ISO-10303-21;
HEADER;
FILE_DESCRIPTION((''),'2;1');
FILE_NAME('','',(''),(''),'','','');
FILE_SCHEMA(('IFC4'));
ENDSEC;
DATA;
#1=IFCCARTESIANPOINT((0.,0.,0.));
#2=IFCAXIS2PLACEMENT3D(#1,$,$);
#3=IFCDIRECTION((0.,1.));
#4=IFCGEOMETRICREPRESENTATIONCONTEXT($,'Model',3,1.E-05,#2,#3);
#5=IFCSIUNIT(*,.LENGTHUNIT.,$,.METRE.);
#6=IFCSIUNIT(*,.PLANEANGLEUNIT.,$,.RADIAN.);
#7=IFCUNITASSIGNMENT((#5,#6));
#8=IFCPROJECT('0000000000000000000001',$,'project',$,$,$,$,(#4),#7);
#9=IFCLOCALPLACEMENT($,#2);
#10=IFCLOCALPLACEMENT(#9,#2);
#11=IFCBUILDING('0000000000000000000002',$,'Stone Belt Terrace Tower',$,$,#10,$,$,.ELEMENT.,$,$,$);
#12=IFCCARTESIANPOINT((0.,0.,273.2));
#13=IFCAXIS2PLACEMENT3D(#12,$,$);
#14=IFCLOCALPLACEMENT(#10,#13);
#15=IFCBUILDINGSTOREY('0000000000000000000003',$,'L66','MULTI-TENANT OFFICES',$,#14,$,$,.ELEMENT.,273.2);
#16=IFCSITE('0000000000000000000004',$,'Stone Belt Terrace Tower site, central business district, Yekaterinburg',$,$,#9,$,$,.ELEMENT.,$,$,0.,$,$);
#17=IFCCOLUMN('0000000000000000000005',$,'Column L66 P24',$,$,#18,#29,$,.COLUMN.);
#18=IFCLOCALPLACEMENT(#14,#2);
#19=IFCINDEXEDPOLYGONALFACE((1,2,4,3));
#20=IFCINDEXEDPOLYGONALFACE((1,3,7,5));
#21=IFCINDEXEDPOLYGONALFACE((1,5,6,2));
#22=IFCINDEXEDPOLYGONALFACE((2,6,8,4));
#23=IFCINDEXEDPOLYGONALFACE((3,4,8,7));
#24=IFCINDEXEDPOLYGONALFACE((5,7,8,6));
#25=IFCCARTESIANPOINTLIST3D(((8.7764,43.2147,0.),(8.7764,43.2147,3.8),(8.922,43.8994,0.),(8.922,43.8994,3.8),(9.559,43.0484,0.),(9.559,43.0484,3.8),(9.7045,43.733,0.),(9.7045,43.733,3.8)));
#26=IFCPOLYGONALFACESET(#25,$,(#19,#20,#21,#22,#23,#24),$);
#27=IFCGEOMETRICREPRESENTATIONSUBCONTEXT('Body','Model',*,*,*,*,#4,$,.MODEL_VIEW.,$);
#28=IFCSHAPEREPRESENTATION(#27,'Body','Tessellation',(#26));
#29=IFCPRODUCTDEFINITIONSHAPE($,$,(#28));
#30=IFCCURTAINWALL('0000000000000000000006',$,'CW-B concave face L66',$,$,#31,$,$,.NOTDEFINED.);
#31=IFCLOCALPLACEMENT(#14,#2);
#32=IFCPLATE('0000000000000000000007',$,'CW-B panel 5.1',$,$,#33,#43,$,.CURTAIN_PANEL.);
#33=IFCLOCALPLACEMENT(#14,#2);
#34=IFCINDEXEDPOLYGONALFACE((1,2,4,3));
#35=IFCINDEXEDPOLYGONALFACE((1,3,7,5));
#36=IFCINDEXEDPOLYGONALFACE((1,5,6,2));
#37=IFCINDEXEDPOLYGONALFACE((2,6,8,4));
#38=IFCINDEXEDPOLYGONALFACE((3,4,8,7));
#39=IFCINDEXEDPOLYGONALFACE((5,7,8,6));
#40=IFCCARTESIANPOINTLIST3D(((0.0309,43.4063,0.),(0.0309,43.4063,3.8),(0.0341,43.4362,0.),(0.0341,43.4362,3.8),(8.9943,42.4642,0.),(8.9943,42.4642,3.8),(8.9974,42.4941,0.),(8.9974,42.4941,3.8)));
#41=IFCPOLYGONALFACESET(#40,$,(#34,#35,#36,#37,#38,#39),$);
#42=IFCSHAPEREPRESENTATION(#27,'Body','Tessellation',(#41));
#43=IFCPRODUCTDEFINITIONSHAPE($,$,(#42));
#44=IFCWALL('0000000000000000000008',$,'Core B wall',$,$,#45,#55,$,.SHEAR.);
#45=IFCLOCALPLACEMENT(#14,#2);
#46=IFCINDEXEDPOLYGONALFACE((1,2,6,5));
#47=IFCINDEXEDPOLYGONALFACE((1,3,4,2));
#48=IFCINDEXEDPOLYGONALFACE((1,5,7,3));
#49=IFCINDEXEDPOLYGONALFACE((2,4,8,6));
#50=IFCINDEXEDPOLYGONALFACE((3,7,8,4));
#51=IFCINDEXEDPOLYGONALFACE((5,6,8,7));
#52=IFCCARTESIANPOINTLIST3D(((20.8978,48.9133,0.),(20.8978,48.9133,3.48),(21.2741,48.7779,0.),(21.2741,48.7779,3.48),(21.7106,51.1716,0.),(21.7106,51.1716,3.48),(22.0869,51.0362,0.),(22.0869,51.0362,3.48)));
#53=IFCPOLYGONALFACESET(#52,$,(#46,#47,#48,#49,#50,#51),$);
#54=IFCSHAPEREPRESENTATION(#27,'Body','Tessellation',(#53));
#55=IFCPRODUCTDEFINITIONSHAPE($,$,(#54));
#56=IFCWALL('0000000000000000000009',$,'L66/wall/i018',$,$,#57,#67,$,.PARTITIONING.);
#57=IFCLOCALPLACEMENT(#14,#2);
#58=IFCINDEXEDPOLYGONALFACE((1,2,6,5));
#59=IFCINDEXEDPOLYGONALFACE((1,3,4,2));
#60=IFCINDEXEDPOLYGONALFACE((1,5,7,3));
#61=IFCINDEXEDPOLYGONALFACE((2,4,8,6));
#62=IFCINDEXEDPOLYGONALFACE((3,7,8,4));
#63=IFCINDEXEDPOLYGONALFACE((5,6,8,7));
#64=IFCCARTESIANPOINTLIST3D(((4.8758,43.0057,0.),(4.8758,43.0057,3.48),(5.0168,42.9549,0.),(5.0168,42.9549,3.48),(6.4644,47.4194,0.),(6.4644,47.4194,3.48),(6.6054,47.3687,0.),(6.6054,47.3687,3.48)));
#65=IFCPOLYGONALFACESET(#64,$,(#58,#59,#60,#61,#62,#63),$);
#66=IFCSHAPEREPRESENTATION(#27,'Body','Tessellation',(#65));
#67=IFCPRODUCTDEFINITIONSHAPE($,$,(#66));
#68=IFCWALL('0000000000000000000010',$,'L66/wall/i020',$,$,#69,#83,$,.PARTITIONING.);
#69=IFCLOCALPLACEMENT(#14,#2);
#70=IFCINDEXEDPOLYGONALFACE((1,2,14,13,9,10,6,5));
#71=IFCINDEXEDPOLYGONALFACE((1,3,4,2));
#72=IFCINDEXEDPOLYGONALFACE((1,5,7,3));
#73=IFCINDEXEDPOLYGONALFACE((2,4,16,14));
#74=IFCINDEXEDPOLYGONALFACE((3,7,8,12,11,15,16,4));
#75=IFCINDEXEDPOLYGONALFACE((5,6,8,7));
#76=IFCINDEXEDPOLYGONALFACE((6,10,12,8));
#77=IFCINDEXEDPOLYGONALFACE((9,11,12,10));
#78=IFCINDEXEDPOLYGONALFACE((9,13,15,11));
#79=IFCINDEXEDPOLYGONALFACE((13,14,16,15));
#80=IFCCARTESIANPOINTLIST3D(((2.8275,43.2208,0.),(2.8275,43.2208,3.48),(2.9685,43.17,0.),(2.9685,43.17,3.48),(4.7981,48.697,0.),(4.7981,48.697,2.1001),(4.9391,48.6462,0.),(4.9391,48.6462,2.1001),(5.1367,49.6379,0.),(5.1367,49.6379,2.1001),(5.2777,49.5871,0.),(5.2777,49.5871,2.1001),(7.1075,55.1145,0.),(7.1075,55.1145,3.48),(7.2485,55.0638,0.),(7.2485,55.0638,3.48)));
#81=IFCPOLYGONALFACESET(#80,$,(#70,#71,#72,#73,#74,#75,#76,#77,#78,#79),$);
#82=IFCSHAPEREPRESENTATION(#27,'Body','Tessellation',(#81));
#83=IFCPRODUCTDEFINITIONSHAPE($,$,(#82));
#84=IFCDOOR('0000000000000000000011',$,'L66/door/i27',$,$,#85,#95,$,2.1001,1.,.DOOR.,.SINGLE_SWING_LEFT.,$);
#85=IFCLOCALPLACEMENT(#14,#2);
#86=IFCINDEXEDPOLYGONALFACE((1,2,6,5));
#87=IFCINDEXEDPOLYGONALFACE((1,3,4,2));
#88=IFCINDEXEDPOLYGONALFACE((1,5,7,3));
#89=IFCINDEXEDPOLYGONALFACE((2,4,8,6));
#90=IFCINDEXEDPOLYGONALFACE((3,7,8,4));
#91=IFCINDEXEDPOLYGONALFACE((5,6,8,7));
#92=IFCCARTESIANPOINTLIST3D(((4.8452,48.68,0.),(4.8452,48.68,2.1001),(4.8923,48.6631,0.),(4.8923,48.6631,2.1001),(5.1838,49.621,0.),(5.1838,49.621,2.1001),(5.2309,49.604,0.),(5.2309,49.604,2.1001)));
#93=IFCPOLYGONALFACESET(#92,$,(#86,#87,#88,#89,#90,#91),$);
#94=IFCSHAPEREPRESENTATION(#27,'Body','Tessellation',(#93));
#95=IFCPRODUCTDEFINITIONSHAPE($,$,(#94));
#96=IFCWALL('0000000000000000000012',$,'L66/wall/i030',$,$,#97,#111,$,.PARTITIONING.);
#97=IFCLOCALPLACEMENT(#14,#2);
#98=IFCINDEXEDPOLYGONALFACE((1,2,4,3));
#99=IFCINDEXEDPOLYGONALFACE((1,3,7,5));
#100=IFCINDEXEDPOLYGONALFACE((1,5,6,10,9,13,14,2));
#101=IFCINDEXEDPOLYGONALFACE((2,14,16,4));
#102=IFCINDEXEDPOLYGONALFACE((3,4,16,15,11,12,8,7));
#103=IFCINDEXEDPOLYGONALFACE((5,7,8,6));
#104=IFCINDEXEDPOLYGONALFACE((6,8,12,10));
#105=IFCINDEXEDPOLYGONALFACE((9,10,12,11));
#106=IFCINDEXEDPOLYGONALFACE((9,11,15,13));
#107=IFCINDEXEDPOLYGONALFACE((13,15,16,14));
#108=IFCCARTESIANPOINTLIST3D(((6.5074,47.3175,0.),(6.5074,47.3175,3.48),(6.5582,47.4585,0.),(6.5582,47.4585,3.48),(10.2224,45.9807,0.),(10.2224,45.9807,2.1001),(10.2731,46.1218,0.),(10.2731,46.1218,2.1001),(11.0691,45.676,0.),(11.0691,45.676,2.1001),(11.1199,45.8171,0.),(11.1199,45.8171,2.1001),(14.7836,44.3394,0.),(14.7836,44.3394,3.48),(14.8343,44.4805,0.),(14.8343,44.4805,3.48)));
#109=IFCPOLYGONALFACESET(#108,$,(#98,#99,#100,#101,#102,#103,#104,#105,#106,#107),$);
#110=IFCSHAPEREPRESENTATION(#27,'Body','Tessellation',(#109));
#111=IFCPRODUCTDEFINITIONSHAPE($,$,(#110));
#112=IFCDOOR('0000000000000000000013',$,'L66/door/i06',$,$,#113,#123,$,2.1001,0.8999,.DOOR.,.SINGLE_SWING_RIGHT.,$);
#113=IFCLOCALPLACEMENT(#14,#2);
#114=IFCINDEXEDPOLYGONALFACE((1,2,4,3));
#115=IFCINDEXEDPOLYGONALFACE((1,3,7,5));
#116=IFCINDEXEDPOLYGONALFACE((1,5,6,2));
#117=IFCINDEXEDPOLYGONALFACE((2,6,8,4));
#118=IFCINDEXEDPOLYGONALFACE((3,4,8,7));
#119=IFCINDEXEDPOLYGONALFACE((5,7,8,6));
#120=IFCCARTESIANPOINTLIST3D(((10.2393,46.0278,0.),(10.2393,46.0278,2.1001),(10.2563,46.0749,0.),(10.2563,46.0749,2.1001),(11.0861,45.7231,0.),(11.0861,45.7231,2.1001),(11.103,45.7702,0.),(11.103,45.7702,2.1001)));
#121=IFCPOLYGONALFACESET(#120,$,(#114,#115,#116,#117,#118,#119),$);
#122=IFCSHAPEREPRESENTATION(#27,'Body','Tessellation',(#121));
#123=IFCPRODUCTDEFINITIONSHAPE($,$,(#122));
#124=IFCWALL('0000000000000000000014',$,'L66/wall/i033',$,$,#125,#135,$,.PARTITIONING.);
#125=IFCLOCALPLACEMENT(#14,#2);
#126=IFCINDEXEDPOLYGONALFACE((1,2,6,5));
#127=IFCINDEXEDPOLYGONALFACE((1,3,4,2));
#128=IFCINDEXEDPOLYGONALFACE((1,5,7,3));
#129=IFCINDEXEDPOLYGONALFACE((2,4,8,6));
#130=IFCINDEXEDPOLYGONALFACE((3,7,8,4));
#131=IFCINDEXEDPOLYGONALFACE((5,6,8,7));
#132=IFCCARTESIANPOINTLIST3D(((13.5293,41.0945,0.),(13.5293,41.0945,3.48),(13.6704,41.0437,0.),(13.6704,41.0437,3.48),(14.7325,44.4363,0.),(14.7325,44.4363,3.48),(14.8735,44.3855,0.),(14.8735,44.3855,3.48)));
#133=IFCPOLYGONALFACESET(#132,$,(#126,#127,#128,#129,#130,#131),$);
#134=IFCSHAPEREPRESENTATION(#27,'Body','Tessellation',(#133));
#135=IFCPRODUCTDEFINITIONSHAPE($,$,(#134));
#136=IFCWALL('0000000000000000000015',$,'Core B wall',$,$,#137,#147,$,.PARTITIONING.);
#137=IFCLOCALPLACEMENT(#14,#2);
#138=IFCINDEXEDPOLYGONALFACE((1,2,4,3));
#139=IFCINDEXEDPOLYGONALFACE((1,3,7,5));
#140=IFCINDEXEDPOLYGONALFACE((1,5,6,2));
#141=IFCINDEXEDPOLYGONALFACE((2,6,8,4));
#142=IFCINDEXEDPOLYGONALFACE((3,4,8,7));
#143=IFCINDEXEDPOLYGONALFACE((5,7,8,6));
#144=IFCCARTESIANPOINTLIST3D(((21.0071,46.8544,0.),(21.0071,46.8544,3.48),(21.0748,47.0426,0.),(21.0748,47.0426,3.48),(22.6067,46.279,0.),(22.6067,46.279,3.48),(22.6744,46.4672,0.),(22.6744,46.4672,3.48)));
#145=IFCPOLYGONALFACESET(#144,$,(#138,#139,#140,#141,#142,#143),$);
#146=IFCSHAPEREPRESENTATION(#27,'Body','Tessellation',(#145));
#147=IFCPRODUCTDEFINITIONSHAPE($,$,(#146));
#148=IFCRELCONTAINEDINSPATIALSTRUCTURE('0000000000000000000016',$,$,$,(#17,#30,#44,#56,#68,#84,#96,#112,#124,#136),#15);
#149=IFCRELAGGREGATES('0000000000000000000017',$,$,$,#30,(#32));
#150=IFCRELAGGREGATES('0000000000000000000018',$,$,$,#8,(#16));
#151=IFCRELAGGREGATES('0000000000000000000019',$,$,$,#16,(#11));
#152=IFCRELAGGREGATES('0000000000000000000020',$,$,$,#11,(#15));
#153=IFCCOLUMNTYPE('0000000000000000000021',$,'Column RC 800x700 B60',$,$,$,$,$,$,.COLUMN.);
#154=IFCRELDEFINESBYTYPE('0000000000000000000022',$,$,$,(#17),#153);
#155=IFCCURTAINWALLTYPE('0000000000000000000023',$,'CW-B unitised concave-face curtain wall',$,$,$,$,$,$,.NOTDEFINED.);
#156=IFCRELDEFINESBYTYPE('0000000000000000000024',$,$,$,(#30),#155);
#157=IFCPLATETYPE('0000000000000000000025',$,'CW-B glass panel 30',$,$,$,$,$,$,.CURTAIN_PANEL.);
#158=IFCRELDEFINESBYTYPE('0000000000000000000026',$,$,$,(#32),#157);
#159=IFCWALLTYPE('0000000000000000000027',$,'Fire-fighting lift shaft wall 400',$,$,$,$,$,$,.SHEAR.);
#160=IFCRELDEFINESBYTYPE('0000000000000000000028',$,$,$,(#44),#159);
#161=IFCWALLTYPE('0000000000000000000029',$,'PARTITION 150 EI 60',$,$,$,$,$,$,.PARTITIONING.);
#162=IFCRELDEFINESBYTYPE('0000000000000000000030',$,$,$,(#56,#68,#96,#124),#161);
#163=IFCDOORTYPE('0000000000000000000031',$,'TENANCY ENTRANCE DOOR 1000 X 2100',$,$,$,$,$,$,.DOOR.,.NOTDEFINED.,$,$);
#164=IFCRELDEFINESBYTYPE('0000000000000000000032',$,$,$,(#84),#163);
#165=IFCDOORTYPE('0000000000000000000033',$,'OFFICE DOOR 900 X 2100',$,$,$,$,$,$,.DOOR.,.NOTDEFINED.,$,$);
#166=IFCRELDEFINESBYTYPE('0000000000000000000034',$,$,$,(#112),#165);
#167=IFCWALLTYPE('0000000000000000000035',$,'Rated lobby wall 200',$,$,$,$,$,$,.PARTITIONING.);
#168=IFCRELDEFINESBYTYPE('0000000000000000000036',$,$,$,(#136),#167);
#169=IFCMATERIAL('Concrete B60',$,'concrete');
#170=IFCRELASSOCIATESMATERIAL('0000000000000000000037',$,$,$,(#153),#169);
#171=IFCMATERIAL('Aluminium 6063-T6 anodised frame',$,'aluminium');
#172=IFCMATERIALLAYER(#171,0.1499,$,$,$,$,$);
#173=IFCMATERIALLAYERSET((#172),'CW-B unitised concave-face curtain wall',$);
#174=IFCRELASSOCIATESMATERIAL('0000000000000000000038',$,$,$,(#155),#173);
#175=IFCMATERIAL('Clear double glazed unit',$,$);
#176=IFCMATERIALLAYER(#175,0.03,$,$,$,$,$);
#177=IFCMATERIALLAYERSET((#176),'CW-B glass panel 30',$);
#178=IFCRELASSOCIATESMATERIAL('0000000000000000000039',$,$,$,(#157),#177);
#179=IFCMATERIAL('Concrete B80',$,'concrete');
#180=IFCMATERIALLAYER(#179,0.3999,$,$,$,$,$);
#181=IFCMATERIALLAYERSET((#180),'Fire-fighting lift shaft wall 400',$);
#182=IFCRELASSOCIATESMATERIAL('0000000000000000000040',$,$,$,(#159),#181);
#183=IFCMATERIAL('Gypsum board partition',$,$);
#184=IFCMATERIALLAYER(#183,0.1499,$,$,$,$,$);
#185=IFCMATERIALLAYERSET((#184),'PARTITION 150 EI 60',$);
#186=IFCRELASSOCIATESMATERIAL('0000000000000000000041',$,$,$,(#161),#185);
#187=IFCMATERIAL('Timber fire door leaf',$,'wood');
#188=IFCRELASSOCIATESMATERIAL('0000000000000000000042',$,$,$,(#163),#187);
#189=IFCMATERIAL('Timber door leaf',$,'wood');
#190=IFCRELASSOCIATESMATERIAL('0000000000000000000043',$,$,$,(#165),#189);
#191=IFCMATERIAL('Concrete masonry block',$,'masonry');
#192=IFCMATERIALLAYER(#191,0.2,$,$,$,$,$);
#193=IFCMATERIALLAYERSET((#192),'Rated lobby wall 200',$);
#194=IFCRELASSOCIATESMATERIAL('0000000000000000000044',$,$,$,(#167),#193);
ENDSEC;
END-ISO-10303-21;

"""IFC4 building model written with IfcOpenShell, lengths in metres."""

from ifc_helpers import new_model, si_unit, direction, frame, frame_2d, origin, origin_2d, place, context, subcontext, project, spatial, rectangle, extrude, material, layer, layer_set, material_profile, profile_set, type_object, element, fill, aggregate, save


model = new_model("IFC4")

# Units and contexts
model_context = context("Model", 3, precision=1e-05, world=origin(), true_north=direction((0.0, 1.0)))
body_context = subcontext(model_context, "Body", "Model", "MODEL_VIEW")
ifc_project = project(units=[si_unit("LENGTHUNIT", "METRE"), si_unit("PLANEANGLEUNIT", "RADIAN")], contexts=[model_context])

# Site, building, storey
site_placement = place(None, origin())
site = spatial("IfcSite", under=ifc_project, at=site_placement, Name="Stone Belt Terrace Tower site, central business district, Yekaterinburg", CompositionType="ELEMENT", RefElevation=0.0)
building_placement = place(site_placement, origin())
building = spatial("IfcBuilding", under=site, at=building_placement, Name="Stone Belt Terrace Tower", CompositionType="ELEMENT")
storey_placement = place(building_placement, frame((0.0, 0.0, 273.2)))
storey = spatial("IfcBuildingStorey", under=building, at=storey_placement, Name="L66", Description="MULTI-TENANT OFFICES", CompositionType="ELEMENT", Elevation=273.2)

# Column
ifc_material_1 = material(Name="Concrete B60", Category="concrete")
ifc_material_profile = material_profile(ifc_material_1, rectangle(XDim=0.8, YDim=0.7, at=origin_2d()), Name="RC 800x700")
ifc_profile_set = profile_set([ifc_material_profile], Name="Concrete B60")
column_type = type_object("IfcColumnType", Name="Column RC 800x700 B60", PredefinedType="COLUMN", material=ifc_profile_set)
column_placement = place(storey_placement, frame((9.2405, 43.4739, 0.0), z_axis=(0.0, 0.0, 1.0), x_axis=(0.978148, -0.207912, 0.0)))
element("IfcColumn", 1, at=column_placement, inside=storey, type_object=column_type, Name="Column L66 P24", PredefinedType="COLUMN", context=body_context, shape_type="SweptSolid", body=[
    extrude(rectangle(XDim=0.8, YDim=0.7, at=origin_2d()), origin(), (0.0, 0.0, 1.0), 3.8),
])

# Curtain wall, plate
ifc_material_2 = material(Name="Aluminium 6063-T6 anodised frame", Category="aluminium")
ifc_layer_1 = layer(ifc_material_2, 0.1499)
ifc_layer_set_1 = layer_set([ifc_layer_1], Name="CW-B unitised concave-face curtain wall")
curtain_wall_type = type_object("IfcCurtainWallType", Name="CW-B unitised concave-face curtain wall", PredefinedType="NOTDEFINED", material=ifc_layer_set_1)
curtain_wall_placement = place(storey_placement, origin())
curtain_wall = element("IfcCurtainWall", 2, at=curtain_wall_placement, inside=storey, type_object=curtain_wall_type, Name="CW-B concave face L66", PredefinedType="NOTDEFINED")
ifc_material_3 = material(Name="Clear double glazed unit")
ifc_layer_2 = layer(ifc_material_3, 0.03)
ifc_layer_set_2 = layer_set([ifc_layer_2], Name="CW-B glass panel 30")
plate_type = type_object("IfcPlateType", Name="CW-B glass panel 30", PredefinedType="CURTAIN_PANEL", material=ifc_layer_set_2)
plate_placement = place(storey_placement, frame((4.5142, 42.9502, 0.0), z_axis=(0.0, 0.0, 1.0), x_axis=(0.994522, -0.104528, 0.0)))
plate = element("IfcPlate", 3, at=plate_placement, type_object=plate_type, Name="CW-B panel 5.1", PredefinedType="CURTAIN_PANEL", context=body_context, shape_type="SweptSolid", body=[
    extrude(rectangle(XDim=9.0127, YDim=0.03, at=origin_2d()), origin(), (0.0, 0.0, 1.0), 3.8),
])
aggregate(curtain_wall, [plate])

# Walls
ifc_material_4 = material(Name="Concrete B80", Category="concrete")
ifc_layer_3 = layer(ifc_material_4, 0.3999)
ifc_layer_set_3 = layer_set([ifc_layer_3], Name="Fire-fighting lift shaft wall 400")
wall_type_1 = type_object("IfcWallType", Name="Fire-fighting lift shaft wall 400", PredefinedType="SHEAR", material=ifc_layer_set_3)
wall_1_placement = place(storey_placement, frame((21.0859, 48.8455, 0.0), z_axis=(0.0, 0.0, 1.0), x_axis=(0.338629, 0.94092, 0.0)))
element("IfcWall", 4, at=wall_1_placement, inside=storey, type_object=wall_type_1, Name="Core B wall", PredefinedType="SHEAR", context=body_context, shape_type="SweptSolid", body=[
    extrude(rectangle(XDim=2.4001, YDim=0.3999, at=frame_2d((1.2002, 0.0))), origin(), (0.0, 0.0, 1.0), 3.48),
])
ifc_material_5 = material(Name="Gypsum board partition")
ifc_layer_4 = layer(ifc_material_5, 0.1499)
ifc_layer_set_4 = layer_set([ifc_layer_4], Name="PARTITION 150 EI 60")
wall_type_2 = type_object("IfcWallType", Name="PARTITION 150 EI 60", PredefinedType="PARTITIONING", material=ifc_layer_set_4)
wall_2_placement = place(storey_placement, frame((6.5349, 47.394, 0.0), z_axis=(0.0, 0.0, 1.0), x_axis=(-0.338653, -0.940911, 0.0)))
element("IfcWall", 5, at=wall_2_placement, inside=storey, type_object=wall_type_2, Name="L66/wall/i018", PredefinedType="PARTITIONING", context=body_context, shape_type="SweptSolid", body=[
    extrude(rectangle(XDim=4.6909, YDim=0.1499, at=frame_2d((2.3455, 0.0))), origin(), (0.0, 0.0, 1.0), 3.48),
])

# Walls, openings, doors
wall_3_placement = place(storey_placement, frame((2.8979, 43.1953, 0.0), z_axis=(0.0, 0.0, 1.0), x_axis=(0.338598, 0.940931, 0.0)))
wall_3 = element("IfcWall", 6, at=wall_3_placement, inside=storey, type_object=wall_type_2, Name="L66/wall/i020", PredefinedType="PARTITIONING", context=body_context, shape_type="SweptSolid", body=[
    extrude(rectangle(XDim=12.6404, YDim=0.1499, at=frame_2d((6.3203, 0.0))), origin(), (0.0, 0.0, 1.0), 3.48),
])
opening_1_placement = place(wall_3_placement, frame((5.8201, 0.0, 0.0)))
opening_1 = element("IfcOpeningElement", 7, at=opening_1_placement, cuts=wall_3, PredefinedType="OPENING", context=body_context, shape_type="SweptSolid", body=[
    extrude(rectangle(XDim=1.0, YDim=2.1001, at=frame_2d((0.5, 1.05))), frame((0.0, 0.085, 0.0), z_axis=(0.0, -1.0, 0.0), x_axis=(1.0, 0.0, 0.0)), (0.0, 0.0, 1.0), 0.1699),
])
ifc_material_6 = material(Name="Timber fire door leaf", Category="wood")
door_type_1 = type_object("IfcDoorType", Name="TENANCY ENTRANCE DOOR 1000 X 2100", OperationType="NOTDEFINED", PredefinedType="DOOR", material=ifc_material_6)
door_1_placement = place(opening_1_placement, origin())
door_1 = element("IfcDoor", 8, at=door_1_placement, inside=storey, type_object=door_type_1, Name="L66/door/i27", OperationType="SINGLE_SWING_LEFT", OverallHeight=2.1001, OverallWidth=1.0, PredefinedType="DOOR", context=body_context, shape_type="SweptSolid", body=[
    extrude(rectangle(XDim=1.0, YDim=2.1001, at=frame_2d((0.5, 1.05))), frame((0.0, 0.0249, 0.0), z_axis=(0.0, -1.0, 0.0), x_axis=(1.0, 0.0, 0.0)), (0.0, 0.0, 1.0), 0.05),
])
fill(opening_1, door_1)
wall_4_placement = place(storey_placement, frame((14.8091, 44.4099, 0.0), z_axis=(0.0, 0.0, 1.0), x_axis=(-0.940937, 0.338581, 0.0)))
wall_4 = element("IfcWall", 9, at=wall_4_placement, inside=storey, type_object=wall_type_2, Name="L66/wall/i030", PredefinedType="PARTITIONING", context=body_context, shape_type="SweptSolid", body=[
    extrude(rectangle(XDim=8.7957, YDim=0.1499, at=frame_2d((4.3979, 0.0))), origin(), (0.0, 0.0, 1.0), 3.48),
])
opening_2_placement = place(wall_4_placement, frame((3.9478, 0.0, 0.0)))
opening_2 = element("IfcOpeningElement", 10, at=opening_2_placement, cuts=wall_4, PredefinedType="OPENING", context=body_context, shape_type="SweptSolid", body=[
    extrude(rectangle(XDim=0.8999, YDim=2.1001, at=frame_2d((0.45, 1.05))), frame((0.0, 0.085, 0.0), z_axis=(0.0, -1.0, 0.0), x_axis=(1.0, 0.0, 0.0)), (0.0, 0.0, 1.0), 0.1699),
])
ifc_material_7 = material(Name="Timber door leaf", Category="wood")
door_type_2 = type_object("IfcDoorType", Name="OFFICE DOOR 900 X 2100", OperationType="NOTDEFINED", PredefinedType="DOOR", material=ifc_material_7)
door_2_placement = place(opening_2_placement, origin())
door_2 = element("IfcDoor", 11, at=door_2_placement, inside=storey, type_object=door_type_2, Name="L66/door/i06", OperationType="SINGLE_SWING_RIGHT", OverallHeight=2.1001, OverallWidth=0.8999, PredefinedType="DOOR", context=body_context, shape_type="SweptSolid", body=[
    extrude(rectangle(XDim=0.8999, YDim=2.1001, at=frame_2d((0.45, 1.05))), frame((0.0, 0.0249, 0.0), z_axis=(0.0, -1.0, 0.0), x_axis=(1.0, 0.0, 0.0)), (0.0, 0.0, 1.0), 0.05),
])
fill(opening_2, door_2)

# Walls
wall_5_placement = place(storey_placement, frame((14.803, 44.4109, 0.0), z_axis=(0.0, 0.0, 1.0), x_axis=(-0.338739, -0.94088, 0.0)))
element("IfcWall", 12, at=wall_5_placement, inside=storey, type_object=wall_type_2, Name="L66/wall/i033", PredefinedType="PARTITIONING", context=body_context, shape_type="SweptSolid", body=[
    extrude(rectangle(XDim=3.5518, YDim=0.1499, at=frame_2d((1.7759, 0.0))), origin(), (0.0, 0.0, 1.0), 3.48),
])
ifc_material_8 = material(Name="Concrete masonry block", Category="masonry")
ifc_layer_5 = layer(ifc_material_8, 0.2)
ifc_layer_set_5 = layer_set([ifc_layer_5], Name="Rated lobby wall 200")
wall_type_3 = type_object("IfcWallType", Name="Rated lobby wall 200", PredefinedType="PARTITIONING", material=ifc_layer_set_5)
wall_6_placement = place(storey_placement, frame((22.6406, 46.373, 0.0), z_axis=(0.0, 0.0, 1.0), x_axis=(-0.940966, 0.338501, 0.0)))
element("IfcWall", 13, at=wall_6_placement, inside=storey, type_object=wall_type_3, Name="Core B wall", PredefinedType="PARTITIONING", context=body_context, shape_type="SweptSolid", body=[
    extrude(rectangle(XDim=1.7, YDim=0.2, at=frame_2d((0.8501, 0.0))), origin(), (0.0, 0.0, 1.0), 3.48),
])

save(model, "model.ifc")
